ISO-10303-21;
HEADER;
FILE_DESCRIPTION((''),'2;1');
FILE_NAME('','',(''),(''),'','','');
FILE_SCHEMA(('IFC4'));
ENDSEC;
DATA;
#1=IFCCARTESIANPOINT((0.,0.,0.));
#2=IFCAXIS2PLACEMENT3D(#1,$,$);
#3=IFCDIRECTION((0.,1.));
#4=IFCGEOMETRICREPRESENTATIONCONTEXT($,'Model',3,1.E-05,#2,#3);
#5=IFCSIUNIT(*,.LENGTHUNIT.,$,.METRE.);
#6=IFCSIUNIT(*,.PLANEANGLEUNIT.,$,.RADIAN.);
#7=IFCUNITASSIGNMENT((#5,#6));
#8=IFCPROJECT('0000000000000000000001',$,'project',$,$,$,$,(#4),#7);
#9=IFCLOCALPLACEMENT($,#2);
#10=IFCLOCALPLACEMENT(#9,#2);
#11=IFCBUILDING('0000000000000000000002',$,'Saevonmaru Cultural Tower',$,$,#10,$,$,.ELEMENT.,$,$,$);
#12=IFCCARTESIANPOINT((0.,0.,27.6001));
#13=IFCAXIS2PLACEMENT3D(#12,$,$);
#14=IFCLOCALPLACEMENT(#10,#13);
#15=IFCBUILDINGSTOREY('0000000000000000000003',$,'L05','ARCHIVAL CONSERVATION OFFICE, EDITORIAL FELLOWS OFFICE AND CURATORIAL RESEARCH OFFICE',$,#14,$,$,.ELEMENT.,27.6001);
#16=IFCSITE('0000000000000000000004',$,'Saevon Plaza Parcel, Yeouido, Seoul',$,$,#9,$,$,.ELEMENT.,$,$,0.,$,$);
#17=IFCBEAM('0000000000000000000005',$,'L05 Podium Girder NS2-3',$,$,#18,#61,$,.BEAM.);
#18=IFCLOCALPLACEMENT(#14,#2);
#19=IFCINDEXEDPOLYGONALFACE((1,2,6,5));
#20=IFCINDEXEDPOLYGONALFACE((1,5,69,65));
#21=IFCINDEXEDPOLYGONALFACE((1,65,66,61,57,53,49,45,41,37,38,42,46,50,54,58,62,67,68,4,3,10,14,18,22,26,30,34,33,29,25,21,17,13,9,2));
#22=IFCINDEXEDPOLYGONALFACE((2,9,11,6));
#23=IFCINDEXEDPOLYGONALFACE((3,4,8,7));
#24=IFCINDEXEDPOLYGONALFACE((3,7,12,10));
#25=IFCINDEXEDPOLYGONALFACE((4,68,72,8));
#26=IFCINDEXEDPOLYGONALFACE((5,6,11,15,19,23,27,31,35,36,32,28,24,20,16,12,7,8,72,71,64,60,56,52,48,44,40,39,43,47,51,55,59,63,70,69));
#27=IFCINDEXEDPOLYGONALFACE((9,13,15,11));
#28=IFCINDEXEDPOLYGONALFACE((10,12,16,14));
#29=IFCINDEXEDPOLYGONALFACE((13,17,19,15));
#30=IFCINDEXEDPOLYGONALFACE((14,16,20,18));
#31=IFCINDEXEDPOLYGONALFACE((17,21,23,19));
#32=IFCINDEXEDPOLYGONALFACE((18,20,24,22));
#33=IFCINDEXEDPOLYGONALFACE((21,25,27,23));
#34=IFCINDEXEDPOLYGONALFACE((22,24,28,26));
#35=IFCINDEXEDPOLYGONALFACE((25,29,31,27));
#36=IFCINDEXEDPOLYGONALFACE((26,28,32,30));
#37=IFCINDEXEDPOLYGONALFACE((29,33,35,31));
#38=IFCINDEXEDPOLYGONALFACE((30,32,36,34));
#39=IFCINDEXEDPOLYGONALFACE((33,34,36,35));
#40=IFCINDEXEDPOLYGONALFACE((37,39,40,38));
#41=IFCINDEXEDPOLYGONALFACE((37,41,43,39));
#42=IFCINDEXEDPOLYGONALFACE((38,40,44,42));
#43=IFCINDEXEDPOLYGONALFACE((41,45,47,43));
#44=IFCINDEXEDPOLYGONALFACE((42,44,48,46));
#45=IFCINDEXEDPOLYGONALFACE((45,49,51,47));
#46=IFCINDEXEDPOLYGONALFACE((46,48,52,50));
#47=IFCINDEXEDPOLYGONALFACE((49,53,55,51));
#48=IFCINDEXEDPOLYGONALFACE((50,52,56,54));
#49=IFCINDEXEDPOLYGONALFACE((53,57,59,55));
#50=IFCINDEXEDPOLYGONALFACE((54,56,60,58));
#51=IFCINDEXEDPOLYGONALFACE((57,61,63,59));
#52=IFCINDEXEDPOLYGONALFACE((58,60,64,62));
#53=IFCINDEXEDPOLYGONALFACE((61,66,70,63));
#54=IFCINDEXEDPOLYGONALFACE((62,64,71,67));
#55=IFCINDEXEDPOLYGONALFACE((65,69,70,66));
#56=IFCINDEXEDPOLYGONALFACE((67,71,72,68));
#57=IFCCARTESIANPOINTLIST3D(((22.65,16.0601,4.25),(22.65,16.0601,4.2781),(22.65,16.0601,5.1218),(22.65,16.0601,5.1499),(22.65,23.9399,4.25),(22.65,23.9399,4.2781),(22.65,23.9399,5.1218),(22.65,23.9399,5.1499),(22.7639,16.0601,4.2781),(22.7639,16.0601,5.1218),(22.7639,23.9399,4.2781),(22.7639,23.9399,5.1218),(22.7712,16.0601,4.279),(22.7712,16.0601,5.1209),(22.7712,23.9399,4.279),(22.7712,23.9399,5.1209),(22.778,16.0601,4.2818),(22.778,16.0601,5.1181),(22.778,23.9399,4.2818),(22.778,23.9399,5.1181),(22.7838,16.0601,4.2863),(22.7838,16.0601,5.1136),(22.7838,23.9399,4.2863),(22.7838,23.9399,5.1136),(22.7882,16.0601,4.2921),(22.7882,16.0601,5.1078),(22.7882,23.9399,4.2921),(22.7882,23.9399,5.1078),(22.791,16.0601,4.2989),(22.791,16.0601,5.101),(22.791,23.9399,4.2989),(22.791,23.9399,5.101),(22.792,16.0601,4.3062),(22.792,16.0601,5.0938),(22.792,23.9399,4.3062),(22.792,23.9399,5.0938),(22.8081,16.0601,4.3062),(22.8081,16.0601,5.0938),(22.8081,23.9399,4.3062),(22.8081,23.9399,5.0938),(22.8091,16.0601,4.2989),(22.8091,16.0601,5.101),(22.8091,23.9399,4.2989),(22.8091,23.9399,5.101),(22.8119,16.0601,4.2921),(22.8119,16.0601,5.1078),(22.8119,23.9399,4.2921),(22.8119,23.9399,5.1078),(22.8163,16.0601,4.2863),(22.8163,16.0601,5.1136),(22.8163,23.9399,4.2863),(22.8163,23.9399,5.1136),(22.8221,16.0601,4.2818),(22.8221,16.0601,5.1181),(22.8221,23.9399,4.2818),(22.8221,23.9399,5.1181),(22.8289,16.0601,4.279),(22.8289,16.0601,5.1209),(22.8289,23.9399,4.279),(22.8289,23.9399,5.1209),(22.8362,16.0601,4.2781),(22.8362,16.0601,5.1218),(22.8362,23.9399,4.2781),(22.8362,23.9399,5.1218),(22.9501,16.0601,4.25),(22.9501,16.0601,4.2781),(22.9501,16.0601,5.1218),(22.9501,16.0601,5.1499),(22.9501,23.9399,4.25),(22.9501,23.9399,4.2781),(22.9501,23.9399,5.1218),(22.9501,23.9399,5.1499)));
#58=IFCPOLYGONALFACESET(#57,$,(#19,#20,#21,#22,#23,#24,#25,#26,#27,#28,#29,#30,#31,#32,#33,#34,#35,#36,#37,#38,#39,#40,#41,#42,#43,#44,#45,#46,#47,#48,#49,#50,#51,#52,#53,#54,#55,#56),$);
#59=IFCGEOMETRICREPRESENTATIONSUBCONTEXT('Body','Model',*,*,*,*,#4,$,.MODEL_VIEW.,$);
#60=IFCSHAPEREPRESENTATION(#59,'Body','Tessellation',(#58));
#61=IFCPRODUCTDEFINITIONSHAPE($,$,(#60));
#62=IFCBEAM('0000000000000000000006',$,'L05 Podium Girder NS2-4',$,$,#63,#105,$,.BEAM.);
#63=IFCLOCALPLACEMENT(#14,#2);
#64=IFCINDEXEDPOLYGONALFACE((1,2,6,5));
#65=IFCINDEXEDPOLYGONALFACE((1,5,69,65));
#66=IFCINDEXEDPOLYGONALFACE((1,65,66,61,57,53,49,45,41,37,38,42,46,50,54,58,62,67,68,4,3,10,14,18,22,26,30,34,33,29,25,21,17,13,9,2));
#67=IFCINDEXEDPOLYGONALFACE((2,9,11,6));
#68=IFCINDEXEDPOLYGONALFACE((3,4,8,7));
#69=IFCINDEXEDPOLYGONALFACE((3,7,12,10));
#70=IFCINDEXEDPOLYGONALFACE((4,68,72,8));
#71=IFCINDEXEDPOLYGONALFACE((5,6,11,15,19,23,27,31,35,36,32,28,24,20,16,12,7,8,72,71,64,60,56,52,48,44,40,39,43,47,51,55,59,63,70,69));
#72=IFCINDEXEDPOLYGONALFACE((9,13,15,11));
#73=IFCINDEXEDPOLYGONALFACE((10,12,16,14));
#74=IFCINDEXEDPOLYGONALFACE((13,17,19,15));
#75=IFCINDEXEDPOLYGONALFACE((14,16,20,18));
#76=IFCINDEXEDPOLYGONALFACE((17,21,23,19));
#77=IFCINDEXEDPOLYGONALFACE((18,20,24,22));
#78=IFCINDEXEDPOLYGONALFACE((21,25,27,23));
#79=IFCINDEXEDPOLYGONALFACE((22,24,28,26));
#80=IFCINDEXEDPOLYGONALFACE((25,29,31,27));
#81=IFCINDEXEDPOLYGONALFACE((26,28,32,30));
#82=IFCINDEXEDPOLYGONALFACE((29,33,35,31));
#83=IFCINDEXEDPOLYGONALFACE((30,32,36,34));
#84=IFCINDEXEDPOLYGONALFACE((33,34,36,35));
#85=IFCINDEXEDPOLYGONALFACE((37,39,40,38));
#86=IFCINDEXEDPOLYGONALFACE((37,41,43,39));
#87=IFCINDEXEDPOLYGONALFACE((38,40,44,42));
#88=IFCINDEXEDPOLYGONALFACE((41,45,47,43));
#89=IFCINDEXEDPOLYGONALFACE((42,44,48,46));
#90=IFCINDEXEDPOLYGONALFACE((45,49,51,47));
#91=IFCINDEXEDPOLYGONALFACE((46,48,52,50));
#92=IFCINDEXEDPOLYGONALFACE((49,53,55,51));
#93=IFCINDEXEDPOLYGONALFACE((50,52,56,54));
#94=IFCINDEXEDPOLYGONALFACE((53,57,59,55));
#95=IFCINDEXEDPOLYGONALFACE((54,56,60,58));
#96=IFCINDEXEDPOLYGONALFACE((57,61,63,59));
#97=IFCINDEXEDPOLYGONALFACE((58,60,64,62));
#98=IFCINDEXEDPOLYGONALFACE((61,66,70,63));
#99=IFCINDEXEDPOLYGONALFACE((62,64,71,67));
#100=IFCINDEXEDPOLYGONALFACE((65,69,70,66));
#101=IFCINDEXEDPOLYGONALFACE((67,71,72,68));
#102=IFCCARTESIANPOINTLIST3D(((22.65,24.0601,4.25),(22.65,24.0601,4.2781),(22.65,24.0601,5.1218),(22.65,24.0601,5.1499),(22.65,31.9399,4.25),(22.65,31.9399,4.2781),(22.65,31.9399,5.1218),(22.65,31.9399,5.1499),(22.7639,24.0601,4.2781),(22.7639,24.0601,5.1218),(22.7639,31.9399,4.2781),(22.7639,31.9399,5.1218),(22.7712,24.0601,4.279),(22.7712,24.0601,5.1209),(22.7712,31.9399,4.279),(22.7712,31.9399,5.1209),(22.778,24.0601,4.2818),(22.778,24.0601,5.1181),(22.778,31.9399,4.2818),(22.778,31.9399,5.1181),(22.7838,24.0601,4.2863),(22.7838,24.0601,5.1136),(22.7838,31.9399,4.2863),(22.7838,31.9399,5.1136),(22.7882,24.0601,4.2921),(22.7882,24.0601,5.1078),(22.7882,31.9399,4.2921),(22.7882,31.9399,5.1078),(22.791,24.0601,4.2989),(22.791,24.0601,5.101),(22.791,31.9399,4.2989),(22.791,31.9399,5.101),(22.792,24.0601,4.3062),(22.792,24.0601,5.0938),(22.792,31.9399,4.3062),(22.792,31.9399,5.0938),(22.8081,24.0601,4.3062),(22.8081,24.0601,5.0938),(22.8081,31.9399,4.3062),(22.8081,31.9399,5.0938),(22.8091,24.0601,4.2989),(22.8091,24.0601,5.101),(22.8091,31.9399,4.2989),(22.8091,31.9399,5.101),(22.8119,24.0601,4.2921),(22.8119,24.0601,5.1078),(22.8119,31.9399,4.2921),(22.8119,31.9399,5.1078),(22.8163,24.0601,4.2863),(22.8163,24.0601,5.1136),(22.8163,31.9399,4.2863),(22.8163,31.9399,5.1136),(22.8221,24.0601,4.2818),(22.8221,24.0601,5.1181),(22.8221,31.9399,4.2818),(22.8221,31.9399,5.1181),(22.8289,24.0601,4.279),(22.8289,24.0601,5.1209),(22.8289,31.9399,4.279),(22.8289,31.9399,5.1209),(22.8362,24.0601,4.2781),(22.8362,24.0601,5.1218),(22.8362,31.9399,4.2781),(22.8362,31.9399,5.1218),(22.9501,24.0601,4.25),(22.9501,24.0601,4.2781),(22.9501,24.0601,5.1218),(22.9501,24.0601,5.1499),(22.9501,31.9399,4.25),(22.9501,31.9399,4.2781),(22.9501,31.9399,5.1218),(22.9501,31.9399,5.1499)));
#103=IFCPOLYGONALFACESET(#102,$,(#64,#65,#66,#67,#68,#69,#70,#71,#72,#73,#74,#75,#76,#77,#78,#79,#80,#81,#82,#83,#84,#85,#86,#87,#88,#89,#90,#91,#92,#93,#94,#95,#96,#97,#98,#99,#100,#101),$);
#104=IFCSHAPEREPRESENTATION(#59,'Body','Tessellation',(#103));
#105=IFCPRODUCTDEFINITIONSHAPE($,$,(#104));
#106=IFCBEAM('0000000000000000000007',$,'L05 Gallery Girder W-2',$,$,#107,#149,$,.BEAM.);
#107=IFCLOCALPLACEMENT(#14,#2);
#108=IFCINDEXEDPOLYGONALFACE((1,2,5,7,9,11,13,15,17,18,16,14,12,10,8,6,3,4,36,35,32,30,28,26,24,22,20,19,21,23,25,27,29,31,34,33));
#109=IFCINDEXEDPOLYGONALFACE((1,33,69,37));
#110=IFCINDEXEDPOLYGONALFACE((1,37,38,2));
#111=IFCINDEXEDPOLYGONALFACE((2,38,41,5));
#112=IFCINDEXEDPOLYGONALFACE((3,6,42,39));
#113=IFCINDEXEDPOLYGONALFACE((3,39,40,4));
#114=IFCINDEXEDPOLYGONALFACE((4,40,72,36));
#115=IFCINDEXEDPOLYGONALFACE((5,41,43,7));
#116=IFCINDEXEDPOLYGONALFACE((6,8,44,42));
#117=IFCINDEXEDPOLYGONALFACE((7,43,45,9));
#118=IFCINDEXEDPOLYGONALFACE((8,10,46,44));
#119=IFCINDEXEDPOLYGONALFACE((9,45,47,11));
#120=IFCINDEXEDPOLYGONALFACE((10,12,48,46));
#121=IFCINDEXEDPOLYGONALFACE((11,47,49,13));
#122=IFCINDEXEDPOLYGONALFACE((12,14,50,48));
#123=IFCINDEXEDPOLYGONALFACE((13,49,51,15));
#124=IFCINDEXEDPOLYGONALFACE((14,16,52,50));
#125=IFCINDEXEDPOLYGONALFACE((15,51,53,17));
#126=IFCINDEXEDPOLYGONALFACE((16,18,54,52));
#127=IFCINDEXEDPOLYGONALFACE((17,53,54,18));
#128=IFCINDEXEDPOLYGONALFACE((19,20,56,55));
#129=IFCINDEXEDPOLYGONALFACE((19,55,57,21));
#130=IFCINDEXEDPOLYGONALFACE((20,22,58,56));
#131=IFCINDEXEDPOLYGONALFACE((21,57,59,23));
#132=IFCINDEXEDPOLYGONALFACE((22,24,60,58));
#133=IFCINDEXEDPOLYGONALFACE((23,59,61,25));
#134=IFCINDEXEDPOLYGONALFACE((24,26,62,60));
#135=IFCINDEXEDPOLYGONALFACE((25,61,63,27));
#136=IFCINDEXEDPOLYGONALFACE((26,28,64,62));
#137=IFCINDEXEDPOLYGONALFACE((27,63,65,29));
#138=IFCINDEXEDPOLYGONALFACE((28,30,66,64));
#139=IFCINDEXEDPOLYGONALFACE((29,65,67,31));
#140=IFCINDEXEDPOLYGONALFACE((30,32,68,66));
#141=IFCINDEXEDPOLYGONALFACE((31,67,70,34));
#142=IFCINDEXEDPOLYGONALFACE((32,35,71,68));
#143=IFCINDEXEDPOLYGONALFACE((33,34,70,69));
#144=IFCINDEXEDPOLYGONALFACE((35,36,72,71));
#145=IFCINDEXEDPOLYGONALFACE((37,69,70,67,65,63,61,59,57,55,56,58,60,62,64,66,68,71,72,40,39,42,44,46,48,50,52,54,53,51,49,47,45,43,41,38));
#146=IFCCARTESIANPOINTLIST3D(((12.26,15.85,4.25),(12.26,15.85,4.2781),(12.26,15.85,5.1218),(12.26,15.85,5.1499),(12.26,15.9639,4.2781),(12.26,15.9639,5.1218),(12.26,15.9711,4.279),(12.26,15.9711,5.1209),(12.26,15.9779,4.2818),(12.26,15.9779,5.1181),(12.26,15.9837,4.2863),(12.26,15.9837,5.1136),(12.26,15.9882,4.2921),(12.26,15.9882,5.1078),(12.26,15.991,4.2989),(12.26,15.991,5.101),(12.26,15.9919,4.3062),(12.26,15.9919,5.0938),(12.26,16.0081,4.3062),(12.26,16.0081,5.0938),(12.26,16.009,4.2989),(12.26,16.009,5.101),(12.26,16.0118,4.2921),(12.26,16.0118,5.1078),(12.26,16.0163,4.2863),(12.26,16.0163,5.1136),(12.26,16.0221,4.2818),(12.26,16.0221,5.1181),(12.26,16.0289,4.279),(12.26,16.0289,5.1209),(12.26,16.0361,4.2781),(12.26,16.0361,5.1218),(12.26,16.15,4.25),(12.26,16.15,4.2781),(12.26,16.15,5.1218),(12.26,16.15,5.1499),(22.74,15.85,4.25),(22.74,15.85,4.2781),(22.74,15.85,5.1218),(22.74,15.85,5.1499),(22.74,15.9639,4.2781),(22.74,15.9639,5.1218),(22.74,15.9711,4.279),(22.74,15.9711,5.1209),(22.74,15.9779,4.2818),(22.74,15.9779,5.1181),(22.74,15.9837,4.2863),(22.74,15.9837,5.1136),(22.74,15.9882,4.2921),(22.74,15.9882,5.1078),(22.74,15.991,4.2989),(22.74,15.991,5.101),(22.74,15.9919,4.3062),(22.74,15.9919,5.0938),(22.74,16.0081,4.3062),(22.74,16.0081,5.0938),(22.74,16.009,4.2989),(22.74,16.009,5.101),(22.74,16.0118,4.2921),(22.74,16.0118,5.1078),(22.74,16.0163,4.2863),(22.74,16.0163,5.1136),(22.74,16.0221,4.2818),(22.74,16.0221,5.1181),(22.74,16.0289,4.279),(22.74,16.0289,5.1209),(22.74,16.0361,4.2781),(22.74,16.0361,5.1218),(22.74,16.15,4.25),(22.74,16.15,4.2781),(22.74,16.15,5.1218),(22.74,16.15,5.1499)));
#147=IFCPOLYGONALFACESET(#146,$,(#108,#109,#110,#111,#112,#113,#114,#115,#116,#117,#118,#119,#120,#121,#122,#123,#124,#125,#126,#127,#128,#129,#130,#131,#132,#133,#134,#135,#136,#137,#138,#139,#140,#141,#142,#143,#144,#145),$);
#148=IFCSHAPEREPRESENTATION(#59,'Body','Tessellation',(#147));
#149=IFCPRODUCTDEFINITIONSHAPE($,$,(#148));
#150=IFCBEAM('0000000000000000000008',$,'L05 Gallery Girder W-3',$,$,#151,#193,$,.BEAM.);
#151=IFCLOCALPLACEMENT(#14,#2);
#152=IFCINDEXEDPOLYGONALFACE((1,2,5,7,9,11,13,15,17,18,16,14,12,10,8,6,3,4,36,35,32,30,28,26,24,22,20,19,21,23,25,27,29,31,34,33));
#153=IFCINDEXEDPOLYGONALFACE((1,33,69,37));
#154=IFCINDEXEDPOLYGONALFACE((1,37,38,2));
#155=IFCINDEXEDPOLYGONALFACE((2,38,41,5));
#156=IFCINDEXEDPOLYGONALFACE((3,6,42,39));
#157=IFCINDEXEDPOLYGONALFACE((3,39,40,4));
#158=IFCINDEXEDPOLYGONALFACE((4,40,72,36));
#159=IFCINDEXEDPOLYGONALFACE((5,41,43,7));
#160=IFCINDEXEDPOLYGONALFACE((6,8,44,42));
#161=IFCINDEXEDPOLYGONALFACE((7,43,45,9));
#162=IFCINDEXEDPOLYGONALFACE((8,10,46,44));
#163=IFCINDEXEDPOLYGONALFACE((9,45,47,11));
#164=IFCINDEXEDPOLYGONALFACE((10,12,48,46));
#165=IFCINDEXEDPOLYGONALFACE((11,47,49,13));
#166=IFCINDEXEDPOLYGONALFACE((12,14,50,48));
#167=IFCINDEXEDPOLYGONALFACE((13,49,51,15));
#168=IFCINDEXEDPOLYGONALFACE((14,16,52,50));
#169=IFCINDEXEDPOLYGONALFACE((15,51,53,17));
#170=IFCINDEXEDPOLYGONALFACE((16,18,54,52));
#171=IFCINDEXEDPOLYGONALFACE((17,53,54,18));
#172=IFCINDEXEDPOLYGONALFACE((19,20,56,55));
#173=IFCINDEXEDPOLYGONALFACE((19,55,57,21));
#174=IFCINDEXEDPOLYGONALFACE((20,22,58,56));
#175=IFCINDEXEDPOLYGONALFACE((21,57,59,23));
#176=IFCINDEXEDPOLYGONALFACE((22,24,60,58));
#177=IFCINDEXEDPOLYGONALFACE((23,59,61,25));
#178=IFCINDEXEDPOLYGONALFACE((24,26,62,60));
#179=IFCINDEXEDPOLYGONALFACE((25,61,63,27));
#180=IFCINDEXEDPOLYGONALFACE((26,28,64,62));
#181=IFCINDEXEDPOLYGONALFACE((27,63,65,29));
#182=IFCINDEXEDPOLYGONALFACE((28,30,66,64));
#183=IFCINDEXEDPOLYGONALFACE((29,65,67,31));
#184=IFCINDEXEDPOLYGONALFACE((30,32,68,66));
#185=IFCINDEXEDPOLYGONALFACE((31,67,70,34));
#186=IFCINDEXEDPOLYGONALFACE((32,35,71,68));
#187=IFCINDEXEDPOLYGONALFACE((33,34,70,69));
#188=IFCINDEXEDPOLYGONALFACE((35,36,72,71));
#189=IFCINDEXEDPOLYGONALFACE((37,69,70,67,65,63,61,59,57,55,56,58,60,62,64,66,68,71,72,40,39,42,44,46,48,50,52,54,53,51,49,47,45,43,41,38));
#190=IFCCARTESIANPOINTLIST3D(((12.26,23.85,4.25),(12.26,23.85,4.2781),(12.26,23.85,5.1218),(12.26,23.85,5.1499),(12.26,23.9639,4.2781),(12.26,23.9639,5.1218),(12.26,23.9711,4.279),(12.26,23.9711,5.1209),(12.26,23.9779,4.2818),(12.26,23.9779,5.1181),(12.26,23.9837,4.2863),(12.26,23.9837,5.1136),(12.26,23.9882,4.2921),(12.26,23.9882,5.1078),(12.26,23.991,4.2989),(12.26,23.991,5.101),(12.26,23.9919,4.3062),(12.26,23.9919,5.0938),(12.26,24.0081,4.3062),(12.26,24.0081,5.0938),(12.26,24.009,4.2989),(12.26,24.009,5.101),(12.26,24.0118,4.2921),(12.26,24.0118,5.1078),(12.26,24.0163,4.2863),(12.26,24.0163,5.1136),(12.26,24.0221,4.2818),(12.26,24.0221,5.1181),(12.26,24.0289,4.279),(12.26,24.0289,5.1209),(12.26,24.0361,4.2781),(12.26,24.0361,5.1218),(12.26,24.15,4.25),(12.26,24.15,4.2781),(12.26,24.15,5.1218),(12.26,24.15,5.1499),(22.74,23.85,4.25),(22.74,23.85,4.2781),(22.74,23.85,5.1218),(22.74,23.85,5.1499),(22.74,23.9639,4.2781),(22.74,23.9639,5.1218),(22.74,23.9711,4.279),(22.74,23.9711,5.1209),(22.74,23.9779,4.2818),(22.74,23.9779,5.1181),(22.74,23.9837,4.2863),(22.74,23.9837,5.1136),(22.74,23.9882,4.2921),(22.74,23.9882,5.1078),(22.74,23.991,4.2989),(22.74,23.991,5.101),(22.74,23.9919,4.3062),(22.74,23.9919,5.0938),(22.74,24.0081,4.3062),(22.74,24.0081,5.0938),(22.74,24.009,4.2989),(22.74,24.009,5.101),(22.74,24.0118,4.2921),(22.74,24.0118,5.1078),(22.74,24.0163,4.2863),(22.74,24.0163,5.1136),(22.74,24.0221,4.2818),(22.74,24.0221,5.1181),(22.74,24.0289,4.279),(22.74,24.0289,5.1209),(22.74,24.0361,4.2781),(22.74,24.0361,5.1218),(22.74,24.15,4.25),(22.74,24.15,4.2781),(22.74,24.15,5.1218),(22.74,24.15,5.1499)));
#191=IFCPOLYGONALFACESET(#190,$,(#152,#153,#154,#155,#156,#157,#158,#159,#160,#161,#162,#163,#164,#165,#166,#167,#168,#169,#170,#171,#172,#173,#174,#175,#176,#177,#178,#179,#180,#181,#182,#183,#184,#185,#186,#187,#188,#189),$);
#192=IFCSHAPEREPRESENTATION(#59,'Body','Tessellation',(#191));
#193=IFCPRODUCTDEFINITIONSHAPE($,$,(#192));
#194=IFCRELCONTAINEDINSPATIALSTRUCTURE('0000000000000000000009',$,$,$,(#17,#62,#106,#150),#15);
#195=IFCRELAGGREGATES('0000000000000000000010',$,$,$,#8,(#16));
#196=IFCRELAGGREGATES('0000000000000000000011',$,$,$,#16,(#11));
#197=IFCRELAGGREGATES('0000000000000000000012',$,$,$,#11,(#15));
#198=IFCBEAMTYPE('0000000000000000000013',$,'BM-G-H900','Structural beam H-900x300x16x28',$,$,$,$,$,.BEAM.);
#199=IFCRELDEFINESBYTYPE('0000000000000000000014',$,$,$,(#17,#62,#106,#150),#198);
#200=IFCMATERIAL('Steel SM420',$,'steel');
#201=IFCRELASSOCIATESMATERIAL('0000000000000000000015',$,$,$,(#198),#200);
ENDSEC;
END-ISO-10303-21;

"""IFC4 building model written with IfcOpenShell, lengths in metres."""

from ifc_helpers import new_model, si_unit, direction, frame, origin, origin_2d, place, context, subcontext, project, spatial, i_section, extrude, material, material_profile, profile_set, type_object, element, save


model = new_model("IFC4")

# Units and contexts
model_context = context("Model", 3, precision=1e-05, world=origin(), true_north=direction((0.0, 1.0)))
body_context = subcontext(model_context, "Body", "Model", "MODEL_VIEW")
ifc_project = project(units=[si_unit("LENGTHUNIT", "METRE"), si_unit("PLANEANGLEUNIT", "RADIAN")], contexts=[model_context])

# Site, building, storey
site_placement = place(None, origin())
site = spatial("IfcSite", under=ifc_project, at=site_placement, Name="Saevon Plaza Parcel, Yeouido, Seoul", CompositionType="ELEMENT", RefElevation=0.0)
building_placement = place(site_placement, origin())
building = spatial("IfcBuilding", under=site, at=building_placement, Name="Saevonmaru Cultural Tower", CompositionType="ELEMENT")
storey_placement = place(building_placement, frame((0.0, 0.0, 27.6001)))
storey = spatial("IfcBuildingStorey", under=building, at=storey_placement, Name="L05", Description="ARCHIVAL CONSERVATION OFFICE, EDITORIAL FELLOWS OFFICE AND CURATORIAL RESEARCH OFFICE", CompositionType="ELEMENT", Elevation=27.6001)

# Shared definitions
ifc_material_1 = material(Name="Steel SM420", Category="steel")

# Beams
ifc_material_profile_1 = material_profile(ifc_material_1, i_section(OverallWidth=0.3, OverallDepth=0.8999, WebThickness=0.0161, FlangeThickness=0.0281, FilletRadius=0.0281, at=origin_2d()), Name="H-900x300x16x28")
ifc_profile_set_1 = profile_set([ifc_material_profile_1], Name="Steel SM420")
beam_type_1 = type_object("IfcBeamType", Name="BM-G-H900", Description="Structural beam H-900x300x16x28", PredefinedType="BEAM", material=ifc_profile_set_1)
for number, where, z_axis, x_axis, name in (
    (1, (22.8, 16.0601, 4.7), (0.0, 1.0, 0.0), (-1.0, 0.0, 0.0), "L05 Podium Girder NS2-3"),
    (2, (22.8, 24.0601, 4.7), (0.0, 1.0, 0.0), (-1.0, 0.0, 0.0), "L05 Podium Girder NS2-4"),
):
    element("IfcBeam", number, at=place(storey_placement, frame(where, z_axis=z_axis, x_axis=x_axis)), inside=storey, type_object=beam_type_1, Name=name, PredefinedType="BEAM", context=body_context, shape_type="SweptSolid", body=[
        extrude(i_section(OverallWidth=0.3, OverallDepth=0.8999, WebThickness=0.0161, FlangeThickness=0.0281, FilletRadius=0.0281, at=origin_2d()), origin(), (0.0, 0.0, 1.0), 7.8799),
    ])
for number, where, z_axis, x_axis, name in (
    (3, (12.26, 16.0, 4.7), (1.0, 0.0, 0.0), (0.0, 1.0, 0.0), "L05 Gallery Girder W-2"),
    (4, (12.26, 24.0, 4.7), (1.0, 0.0, 0.0), (0.0, 1.0, 0.0), "L05 Gallery Girder W-3"),
):
    element("IfcBeam", number, at=place(storey_placement, frame(where, z_axis=z_axis, x_axis=x_axis)), inside=storey, type_object=beam_type_1, Name=name, PredefinedType="BEAM", context=body_context, shape_type="SweptSolid", body=[
        extrude(i_section(OverallWidth=0.3, OverallDepth=0.8999, WebThickness=0.0161, FlangeThickness=0.0281, FilletRadius=0.0281, at=origin_2d()), origin(), (0.0, 0.0, 1.0), 10.48),
    ])

save(model, "model.ifc")
